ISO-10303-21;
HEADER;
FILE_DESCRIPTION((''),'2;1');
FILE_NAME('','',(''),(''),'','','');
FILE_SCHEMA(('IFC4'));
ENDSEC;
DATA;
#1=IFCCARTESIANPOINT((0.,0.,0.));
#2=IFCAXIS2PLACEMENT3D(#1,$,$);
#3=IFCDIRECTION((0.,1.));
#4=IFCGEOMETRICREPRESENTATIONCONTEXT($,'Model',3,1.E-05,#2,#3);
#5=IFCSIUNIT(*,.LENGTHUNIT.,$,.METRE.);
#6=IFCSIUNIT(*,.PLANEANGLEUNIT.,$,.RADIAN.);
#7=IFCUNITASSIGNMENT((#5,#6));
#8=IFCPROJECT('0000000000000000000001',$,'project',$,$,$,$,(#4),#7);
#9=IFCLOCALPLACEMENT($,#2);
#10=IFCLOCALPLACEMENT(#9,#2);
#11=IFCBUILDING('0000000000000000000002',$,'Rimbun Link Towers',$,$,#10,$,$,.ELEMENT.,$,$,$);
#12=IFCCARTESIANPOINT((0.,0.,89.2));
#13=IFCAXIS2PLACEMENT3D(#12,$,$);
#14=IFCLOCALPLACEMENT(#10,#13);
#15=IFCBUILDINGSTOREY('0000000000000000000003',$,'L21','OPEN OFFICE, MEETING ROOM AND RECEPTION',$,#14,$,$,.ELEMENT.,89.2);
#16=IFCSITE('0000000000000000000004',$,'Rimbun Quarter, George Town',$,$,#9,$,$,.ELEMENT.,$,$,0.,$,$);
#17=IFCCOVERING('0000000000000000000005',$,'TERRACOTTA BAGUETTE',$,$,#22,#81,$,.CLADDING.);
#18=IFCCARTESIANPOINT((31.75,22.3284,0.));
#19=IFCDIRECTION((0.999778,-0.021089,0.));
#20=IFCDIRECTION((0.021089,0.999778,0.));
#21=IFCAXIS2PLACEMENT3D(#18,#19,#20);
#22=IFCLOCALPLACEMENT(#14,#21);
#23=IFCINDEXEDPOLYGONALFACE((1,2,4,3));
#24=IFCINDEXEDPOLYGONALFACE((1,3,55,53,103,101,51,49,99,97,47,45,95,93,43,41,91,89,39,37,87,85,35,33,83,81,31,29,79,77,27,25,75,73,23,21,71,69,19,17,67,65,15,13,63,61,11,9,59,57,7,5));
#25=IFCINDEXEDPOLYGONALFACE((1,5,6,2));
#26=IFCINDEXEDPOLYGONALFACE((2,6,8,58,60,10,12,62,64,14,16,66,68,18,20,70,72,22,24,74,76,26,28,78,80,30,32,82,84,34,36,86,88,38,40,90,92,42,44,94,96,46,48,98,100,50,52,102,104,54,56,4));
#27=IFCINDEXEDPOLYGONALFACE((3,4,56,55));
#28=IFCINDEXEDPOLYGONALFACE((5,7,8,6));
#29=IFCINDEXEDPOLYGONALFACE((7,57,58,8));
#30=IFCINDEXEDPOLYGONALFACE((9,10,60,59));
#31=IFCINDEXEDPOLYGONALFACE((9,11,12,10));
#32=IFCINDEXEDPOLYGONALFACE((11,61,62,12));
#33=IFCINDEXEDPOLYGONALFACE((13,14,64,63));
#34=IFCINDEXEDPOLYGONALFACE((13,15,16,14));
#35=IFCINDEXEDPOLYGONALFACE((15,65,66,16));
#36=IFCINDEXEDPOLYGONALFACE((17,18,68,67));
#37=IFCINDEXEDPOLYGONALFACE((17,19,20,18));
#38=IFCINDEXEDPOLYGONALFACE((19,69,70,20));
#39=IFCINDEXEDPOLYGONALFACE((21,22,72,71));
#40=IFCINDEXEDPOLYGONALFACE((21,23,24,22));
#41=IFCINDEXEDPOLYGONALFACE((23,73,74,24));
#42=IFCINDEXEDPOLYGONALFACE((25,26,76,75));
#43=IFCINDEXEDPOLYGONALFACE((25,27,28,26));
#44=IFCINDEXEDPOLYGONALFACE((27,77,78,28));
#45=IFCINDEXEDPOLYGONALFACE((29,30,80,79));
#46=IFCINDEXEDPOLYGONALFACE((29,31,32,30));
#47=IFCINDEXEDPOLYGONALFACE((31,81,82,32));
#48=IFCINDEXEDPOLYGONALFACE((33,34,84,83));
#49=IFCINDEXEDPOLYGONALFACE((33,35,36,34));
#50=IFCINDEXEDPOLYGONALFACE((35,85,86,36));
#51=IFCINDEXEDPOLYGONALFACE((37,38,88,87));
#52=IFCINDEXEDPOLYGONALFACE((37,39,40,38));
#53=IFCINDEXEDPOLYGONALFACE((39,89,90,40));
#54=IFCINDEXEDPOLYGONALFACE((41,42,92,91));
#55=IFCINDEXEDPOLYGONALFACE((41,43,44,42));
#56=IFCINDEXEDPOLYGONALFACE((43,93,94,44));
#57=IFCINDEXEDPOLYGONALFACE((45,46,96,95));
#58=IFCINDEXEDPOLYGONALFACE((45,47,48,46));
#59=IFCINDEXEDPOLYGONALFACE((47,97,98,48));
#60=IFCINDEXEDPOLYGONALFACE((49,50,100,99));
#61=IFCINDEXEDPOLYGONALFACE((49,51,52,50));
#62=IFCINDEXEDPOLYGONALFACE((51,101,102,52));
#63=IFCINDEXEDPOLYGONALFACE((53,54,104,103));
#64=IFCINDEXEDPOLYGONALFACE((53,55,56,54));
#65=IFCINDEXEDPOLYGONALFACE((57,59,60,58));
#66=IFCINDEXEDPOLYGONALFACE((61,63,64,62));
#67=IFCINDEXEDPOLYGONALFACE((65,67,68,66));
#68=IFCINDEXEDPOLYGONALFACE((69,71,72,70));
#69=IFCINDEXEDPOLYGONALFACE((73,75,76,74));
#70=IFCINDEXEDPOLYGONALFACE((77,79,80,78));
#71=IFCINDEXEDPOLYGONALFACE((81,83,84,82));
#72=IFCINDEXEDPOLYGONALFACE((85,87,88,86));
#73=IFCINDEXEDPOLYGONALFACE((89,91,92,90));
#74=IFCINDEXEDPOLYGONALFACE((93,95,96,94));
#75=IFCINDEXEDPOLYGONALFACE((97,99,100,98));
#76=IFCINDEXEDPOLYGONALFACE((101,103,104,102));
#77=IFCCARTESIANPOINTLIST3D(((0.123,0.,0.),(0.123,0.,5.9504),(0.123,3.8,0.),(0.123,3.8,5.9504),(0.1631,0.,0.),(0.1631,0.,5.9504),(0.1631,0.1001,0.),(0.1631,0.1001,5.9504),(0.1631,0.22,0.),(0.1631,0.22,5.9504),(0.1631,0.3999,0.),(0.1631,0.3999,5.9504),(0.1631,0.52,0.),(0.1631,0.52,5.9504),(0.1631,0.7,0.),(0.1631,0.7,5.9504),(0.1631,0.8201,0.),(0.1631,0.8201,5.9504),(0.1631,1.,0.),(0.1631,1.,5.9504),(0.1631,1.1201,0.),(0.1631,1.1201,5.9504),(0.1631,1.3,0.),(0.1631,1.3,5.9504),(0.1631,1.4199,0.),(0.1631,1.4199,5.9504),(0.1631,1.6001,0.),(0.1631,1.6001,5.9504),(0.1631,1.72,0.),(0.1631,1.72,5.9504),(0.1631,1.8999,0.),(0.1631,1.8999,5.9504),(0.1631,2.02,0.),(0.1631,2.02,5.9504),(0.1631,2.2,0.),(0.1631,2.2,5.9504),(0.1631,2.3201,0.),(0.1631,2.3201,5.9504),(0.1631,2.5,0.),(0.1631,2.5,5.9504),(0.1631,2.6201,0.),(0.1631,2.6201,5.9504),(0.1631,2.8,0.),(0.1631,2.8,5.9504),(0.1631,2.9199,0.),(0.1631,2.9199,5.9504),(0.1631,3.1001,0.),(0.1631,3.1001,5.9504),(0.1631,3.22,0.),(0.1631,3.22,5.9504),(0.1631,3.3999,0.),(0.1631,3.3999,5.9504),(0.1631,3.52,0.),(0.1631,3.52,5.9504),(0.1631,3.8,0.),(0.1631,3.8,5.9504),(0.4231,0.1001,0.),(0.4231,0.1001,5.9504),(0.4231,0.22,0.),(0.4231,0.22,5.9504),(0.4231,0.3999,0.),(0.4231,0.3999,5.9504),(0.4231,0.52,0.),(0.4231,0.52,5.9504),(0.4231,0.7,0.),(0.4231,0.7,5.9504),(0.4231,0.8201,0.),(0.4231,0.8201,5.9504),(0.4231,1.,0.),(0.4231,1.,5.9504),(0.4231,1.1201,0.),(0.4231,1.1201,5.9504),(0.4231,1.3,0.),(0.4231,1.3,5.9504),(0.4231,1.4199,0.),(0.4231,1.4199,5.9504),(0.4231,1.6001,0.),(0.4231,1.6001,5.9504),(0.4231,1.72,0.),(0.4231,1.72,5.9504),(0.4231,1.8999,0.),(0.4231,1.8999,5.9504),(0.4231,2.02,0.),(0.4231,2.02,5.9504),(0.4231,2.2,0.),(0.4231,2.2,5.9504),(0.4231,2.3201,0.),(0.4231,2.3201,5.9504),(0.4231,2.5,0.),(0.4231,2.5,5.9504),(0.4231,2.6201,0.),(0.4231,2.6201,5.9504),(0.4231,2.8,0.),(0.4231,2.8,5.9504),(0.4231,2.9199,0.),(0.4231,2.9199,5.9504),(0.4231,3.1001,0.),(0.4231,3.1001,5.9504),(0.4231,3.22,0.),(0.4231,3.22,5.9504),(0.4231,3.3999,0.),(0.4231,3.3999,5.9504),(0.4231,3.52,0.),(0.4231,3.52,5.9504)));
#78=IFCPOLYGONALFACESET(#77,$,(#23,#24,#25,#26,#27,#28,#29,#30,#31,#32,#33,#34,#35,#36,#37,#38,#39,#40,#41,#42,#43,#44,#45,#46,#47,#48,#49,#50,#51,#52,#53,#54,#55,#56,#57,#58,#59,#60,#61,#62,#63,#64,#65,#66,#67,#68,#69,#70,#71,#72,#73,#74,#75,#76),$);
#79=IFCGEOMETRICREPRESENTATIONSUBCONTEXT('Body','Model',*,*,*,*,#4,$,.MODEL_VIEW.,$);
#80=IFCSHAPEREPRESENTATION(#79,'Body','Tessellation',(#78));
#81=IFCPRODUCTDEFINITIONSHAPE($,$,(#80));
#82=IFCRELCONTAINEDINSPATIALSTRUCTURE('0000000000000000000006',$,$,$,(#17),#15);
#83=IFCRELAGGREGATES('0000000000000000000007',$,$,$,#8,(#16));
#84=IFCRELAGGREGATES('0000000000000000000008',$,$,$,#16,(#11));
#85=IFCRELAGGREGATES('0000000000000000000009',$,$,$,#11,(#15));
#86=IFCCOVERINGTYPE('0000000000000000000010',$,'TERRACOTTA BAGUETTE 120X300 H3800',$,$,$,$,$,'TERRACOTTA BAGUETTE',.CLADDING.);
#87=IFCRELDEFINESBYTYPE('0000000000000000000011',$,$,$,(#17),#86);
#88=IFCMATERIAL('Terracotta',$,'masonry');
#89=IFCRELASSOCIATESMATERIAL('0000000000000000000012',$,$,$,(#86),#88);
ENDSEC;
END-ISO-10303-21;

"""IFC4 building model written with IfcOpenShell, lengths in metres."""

from ifc_helpers import new_model, si_unit, direction, frame, origin, place, context, subcontext, project, spatial, polyline, outline, extrude, material, material_profile, profile_set, type_object, element, save


model = new_model("IFC4")

# Units and contexts
model_context = context("Model", 3, precision=1e-05, world=origin(), true_north=direction((0.0, 1.0)))
body_context = subcontext(model_context, "Body", "Model", "MODEL_VIEW")
ifc_project = project(units=[si_unit("LENGTHUNIT", "METRE"), si_unit("PLANEANGLEUNIT", "RADIAN")], contexts=[model_context])

# Site, building, storey
site_placement = place(None, origin())
site = spatial("IfcSite", under=ifc_project, at=site_placement, Name="Rimbun Quarter, George Town", CompositionType="ELEMENT", RefElevation=0.0)
building_placement = place(site_placement, origin())
building = spatial("IfcBuilding", under=site, at=building_placement, Name="Rimbun Link Towers", CompositionType="ELEMENT")
storey_placement = place(building_placement, frame((0.0, 0.0, 89.2)))
storey = spatial("IfcBuildingStorey", under=building, at=storey_placement, Name="L21", Description="OPEN OFFICE, MEETING ROOM AND RECEPTION", CompositionType="ELEMENT", Elevation=89.2)

# Covering
ifc_material_1 = material(Name="Terracotta", Category="masonry")
ifc_material_profile_1 = material_profile(ifc_material_1, outline(polyline([(0.123, 0.0), (0.1631, 0.0), (0.1631, 0.1001), (0.4231, 0.1001), (0.4231, 0.22), (0.1631, 0.22), (0.1631, 0.3999), (0.4231, 0.3999), (0.4231, 0.52), (0.1631, 0.52), (0.1631, 0.7), (0.4231, 0.7), (0.4231, 0.8201), (0.1631, 0.8201), (0.1631, 1.0), (0.4231, 1.0), (0.4231, 1.1201), (0.1631, 1.1201), (0.1631, 1.3), (0.4231, 1.3), (0.4231, 1.4199), (0.1631, 1.4199), (0.1631, 1.6001), (0.4231, 1.6001), (0.4231, 1.72), (0.1631, 1.72), (0.1631, 1.8999), (0.4231, 1.8999), (0.4231, 2.02), (0.1631, 2.02), (0.1631, 2.2), (0.4231, 2.2), (0.4231, 2.3201), (0.1631, 2.3201), (0.1631, 2.5), (0.4231, 2.5), (0.4231, 2.6201), (0.1631, 2.6201), (0.1631, 2.8), (0.4231, 2.8), (0.4231, 2.9199), (0.1631, 2.9199), (0.1631, 3.1001), (0.4231, 3.1001), (0.4231, 3.22), (0.1631, 3.22), (0.1631, 3.3999), (0.4231, 3.3999), (0.4231, 3.52), (0.1631, 3.52), (0.1631, 3.8), (0.123, 3.8), (0.123, 0.0)])), Name="BAGUETTE 120X300")
ifc_profile_set_1 = profile_set([ifc_material_profile_1], Name="Terracotta")
covering_type = type_object("IfcCoveringType", Name="TERRACOTTA BAGUETTE 120X300 H3800", ElementType="TERRACOTTA BAGUETTE", PredefinedType="CLADDING", material=ifc_profile_set_1)
covering_1_placement = place(storey_placement, frame((31.75, 22.3284, 0.0), z_axis=(0.999778, -0.021089, 0.0), x_axis=(0.021089, 0.999778, 0.0)))
element("IfcCovering", 1, at=covering_1_placement, inside=storey, type_object=covering_type, Name="TERRACOTTA BAGUETTE", PredefinedType="CLADDING", context=body_context, shape_type="SweptSolid", body=[
    extrude(outline(polyline([(0.123, 0.0), (0.1631, 0.0), (0.1631, 0.1001), (0.4231, 0.1001), (0.4231, 0.22), (0.1631, 0.22), (0.1631, 0.3999), (0.4231, 0.3999), (0.4231, 0.52), (0.1631, 0.52), (0.1631, 0.7), (0.4231, 0.7), (0.4231, 0.8201), (0.1631, 0.8201), (0.1631, 1.0), (0.4231, 1.0), (0.4231, 1.1201), (0.1631, 1.1201), (0.1631, 1.3), (0.4231, 1.3), (0.4231, 1.4199), (0.1631, 1.4199), (0.1631, 1.6001), (0.4231, 1.6001), (0.4231, 1.72), (0.1631, 1.72), (0.1631, 1.8999), (0.4231, 1.8999), (0.4231, 2.02), (0.1631, 2.02), (0.1631, 2.2), (0.4231, 2.2), (0.4231, 2.3201), (0.1631, 2.3201), (0.1631, 2.5), (0.4231, 2.5), (0.4231, 2.6201), (0.1631, 2.6201), (0.1631, 2.8), (0.4231, 2.8), (0.4231, 2.9199), (0.1631, 2.9199), (0.1631, 3.1001), (0.4231, 3.1001), (0.4231, 3.22), (0.1631, 3.22), (0.1631, 3.3999), (0.4231, 3.3999), (0.4231, 3.52), (0.1631, 3.52), (0.1631, 3.8), (0.123, 3.8), (0.123, 0.0)])), origin(), (0.0, 0.0, 1.0), 5.9504),
])

save(model, "model.ifc")
